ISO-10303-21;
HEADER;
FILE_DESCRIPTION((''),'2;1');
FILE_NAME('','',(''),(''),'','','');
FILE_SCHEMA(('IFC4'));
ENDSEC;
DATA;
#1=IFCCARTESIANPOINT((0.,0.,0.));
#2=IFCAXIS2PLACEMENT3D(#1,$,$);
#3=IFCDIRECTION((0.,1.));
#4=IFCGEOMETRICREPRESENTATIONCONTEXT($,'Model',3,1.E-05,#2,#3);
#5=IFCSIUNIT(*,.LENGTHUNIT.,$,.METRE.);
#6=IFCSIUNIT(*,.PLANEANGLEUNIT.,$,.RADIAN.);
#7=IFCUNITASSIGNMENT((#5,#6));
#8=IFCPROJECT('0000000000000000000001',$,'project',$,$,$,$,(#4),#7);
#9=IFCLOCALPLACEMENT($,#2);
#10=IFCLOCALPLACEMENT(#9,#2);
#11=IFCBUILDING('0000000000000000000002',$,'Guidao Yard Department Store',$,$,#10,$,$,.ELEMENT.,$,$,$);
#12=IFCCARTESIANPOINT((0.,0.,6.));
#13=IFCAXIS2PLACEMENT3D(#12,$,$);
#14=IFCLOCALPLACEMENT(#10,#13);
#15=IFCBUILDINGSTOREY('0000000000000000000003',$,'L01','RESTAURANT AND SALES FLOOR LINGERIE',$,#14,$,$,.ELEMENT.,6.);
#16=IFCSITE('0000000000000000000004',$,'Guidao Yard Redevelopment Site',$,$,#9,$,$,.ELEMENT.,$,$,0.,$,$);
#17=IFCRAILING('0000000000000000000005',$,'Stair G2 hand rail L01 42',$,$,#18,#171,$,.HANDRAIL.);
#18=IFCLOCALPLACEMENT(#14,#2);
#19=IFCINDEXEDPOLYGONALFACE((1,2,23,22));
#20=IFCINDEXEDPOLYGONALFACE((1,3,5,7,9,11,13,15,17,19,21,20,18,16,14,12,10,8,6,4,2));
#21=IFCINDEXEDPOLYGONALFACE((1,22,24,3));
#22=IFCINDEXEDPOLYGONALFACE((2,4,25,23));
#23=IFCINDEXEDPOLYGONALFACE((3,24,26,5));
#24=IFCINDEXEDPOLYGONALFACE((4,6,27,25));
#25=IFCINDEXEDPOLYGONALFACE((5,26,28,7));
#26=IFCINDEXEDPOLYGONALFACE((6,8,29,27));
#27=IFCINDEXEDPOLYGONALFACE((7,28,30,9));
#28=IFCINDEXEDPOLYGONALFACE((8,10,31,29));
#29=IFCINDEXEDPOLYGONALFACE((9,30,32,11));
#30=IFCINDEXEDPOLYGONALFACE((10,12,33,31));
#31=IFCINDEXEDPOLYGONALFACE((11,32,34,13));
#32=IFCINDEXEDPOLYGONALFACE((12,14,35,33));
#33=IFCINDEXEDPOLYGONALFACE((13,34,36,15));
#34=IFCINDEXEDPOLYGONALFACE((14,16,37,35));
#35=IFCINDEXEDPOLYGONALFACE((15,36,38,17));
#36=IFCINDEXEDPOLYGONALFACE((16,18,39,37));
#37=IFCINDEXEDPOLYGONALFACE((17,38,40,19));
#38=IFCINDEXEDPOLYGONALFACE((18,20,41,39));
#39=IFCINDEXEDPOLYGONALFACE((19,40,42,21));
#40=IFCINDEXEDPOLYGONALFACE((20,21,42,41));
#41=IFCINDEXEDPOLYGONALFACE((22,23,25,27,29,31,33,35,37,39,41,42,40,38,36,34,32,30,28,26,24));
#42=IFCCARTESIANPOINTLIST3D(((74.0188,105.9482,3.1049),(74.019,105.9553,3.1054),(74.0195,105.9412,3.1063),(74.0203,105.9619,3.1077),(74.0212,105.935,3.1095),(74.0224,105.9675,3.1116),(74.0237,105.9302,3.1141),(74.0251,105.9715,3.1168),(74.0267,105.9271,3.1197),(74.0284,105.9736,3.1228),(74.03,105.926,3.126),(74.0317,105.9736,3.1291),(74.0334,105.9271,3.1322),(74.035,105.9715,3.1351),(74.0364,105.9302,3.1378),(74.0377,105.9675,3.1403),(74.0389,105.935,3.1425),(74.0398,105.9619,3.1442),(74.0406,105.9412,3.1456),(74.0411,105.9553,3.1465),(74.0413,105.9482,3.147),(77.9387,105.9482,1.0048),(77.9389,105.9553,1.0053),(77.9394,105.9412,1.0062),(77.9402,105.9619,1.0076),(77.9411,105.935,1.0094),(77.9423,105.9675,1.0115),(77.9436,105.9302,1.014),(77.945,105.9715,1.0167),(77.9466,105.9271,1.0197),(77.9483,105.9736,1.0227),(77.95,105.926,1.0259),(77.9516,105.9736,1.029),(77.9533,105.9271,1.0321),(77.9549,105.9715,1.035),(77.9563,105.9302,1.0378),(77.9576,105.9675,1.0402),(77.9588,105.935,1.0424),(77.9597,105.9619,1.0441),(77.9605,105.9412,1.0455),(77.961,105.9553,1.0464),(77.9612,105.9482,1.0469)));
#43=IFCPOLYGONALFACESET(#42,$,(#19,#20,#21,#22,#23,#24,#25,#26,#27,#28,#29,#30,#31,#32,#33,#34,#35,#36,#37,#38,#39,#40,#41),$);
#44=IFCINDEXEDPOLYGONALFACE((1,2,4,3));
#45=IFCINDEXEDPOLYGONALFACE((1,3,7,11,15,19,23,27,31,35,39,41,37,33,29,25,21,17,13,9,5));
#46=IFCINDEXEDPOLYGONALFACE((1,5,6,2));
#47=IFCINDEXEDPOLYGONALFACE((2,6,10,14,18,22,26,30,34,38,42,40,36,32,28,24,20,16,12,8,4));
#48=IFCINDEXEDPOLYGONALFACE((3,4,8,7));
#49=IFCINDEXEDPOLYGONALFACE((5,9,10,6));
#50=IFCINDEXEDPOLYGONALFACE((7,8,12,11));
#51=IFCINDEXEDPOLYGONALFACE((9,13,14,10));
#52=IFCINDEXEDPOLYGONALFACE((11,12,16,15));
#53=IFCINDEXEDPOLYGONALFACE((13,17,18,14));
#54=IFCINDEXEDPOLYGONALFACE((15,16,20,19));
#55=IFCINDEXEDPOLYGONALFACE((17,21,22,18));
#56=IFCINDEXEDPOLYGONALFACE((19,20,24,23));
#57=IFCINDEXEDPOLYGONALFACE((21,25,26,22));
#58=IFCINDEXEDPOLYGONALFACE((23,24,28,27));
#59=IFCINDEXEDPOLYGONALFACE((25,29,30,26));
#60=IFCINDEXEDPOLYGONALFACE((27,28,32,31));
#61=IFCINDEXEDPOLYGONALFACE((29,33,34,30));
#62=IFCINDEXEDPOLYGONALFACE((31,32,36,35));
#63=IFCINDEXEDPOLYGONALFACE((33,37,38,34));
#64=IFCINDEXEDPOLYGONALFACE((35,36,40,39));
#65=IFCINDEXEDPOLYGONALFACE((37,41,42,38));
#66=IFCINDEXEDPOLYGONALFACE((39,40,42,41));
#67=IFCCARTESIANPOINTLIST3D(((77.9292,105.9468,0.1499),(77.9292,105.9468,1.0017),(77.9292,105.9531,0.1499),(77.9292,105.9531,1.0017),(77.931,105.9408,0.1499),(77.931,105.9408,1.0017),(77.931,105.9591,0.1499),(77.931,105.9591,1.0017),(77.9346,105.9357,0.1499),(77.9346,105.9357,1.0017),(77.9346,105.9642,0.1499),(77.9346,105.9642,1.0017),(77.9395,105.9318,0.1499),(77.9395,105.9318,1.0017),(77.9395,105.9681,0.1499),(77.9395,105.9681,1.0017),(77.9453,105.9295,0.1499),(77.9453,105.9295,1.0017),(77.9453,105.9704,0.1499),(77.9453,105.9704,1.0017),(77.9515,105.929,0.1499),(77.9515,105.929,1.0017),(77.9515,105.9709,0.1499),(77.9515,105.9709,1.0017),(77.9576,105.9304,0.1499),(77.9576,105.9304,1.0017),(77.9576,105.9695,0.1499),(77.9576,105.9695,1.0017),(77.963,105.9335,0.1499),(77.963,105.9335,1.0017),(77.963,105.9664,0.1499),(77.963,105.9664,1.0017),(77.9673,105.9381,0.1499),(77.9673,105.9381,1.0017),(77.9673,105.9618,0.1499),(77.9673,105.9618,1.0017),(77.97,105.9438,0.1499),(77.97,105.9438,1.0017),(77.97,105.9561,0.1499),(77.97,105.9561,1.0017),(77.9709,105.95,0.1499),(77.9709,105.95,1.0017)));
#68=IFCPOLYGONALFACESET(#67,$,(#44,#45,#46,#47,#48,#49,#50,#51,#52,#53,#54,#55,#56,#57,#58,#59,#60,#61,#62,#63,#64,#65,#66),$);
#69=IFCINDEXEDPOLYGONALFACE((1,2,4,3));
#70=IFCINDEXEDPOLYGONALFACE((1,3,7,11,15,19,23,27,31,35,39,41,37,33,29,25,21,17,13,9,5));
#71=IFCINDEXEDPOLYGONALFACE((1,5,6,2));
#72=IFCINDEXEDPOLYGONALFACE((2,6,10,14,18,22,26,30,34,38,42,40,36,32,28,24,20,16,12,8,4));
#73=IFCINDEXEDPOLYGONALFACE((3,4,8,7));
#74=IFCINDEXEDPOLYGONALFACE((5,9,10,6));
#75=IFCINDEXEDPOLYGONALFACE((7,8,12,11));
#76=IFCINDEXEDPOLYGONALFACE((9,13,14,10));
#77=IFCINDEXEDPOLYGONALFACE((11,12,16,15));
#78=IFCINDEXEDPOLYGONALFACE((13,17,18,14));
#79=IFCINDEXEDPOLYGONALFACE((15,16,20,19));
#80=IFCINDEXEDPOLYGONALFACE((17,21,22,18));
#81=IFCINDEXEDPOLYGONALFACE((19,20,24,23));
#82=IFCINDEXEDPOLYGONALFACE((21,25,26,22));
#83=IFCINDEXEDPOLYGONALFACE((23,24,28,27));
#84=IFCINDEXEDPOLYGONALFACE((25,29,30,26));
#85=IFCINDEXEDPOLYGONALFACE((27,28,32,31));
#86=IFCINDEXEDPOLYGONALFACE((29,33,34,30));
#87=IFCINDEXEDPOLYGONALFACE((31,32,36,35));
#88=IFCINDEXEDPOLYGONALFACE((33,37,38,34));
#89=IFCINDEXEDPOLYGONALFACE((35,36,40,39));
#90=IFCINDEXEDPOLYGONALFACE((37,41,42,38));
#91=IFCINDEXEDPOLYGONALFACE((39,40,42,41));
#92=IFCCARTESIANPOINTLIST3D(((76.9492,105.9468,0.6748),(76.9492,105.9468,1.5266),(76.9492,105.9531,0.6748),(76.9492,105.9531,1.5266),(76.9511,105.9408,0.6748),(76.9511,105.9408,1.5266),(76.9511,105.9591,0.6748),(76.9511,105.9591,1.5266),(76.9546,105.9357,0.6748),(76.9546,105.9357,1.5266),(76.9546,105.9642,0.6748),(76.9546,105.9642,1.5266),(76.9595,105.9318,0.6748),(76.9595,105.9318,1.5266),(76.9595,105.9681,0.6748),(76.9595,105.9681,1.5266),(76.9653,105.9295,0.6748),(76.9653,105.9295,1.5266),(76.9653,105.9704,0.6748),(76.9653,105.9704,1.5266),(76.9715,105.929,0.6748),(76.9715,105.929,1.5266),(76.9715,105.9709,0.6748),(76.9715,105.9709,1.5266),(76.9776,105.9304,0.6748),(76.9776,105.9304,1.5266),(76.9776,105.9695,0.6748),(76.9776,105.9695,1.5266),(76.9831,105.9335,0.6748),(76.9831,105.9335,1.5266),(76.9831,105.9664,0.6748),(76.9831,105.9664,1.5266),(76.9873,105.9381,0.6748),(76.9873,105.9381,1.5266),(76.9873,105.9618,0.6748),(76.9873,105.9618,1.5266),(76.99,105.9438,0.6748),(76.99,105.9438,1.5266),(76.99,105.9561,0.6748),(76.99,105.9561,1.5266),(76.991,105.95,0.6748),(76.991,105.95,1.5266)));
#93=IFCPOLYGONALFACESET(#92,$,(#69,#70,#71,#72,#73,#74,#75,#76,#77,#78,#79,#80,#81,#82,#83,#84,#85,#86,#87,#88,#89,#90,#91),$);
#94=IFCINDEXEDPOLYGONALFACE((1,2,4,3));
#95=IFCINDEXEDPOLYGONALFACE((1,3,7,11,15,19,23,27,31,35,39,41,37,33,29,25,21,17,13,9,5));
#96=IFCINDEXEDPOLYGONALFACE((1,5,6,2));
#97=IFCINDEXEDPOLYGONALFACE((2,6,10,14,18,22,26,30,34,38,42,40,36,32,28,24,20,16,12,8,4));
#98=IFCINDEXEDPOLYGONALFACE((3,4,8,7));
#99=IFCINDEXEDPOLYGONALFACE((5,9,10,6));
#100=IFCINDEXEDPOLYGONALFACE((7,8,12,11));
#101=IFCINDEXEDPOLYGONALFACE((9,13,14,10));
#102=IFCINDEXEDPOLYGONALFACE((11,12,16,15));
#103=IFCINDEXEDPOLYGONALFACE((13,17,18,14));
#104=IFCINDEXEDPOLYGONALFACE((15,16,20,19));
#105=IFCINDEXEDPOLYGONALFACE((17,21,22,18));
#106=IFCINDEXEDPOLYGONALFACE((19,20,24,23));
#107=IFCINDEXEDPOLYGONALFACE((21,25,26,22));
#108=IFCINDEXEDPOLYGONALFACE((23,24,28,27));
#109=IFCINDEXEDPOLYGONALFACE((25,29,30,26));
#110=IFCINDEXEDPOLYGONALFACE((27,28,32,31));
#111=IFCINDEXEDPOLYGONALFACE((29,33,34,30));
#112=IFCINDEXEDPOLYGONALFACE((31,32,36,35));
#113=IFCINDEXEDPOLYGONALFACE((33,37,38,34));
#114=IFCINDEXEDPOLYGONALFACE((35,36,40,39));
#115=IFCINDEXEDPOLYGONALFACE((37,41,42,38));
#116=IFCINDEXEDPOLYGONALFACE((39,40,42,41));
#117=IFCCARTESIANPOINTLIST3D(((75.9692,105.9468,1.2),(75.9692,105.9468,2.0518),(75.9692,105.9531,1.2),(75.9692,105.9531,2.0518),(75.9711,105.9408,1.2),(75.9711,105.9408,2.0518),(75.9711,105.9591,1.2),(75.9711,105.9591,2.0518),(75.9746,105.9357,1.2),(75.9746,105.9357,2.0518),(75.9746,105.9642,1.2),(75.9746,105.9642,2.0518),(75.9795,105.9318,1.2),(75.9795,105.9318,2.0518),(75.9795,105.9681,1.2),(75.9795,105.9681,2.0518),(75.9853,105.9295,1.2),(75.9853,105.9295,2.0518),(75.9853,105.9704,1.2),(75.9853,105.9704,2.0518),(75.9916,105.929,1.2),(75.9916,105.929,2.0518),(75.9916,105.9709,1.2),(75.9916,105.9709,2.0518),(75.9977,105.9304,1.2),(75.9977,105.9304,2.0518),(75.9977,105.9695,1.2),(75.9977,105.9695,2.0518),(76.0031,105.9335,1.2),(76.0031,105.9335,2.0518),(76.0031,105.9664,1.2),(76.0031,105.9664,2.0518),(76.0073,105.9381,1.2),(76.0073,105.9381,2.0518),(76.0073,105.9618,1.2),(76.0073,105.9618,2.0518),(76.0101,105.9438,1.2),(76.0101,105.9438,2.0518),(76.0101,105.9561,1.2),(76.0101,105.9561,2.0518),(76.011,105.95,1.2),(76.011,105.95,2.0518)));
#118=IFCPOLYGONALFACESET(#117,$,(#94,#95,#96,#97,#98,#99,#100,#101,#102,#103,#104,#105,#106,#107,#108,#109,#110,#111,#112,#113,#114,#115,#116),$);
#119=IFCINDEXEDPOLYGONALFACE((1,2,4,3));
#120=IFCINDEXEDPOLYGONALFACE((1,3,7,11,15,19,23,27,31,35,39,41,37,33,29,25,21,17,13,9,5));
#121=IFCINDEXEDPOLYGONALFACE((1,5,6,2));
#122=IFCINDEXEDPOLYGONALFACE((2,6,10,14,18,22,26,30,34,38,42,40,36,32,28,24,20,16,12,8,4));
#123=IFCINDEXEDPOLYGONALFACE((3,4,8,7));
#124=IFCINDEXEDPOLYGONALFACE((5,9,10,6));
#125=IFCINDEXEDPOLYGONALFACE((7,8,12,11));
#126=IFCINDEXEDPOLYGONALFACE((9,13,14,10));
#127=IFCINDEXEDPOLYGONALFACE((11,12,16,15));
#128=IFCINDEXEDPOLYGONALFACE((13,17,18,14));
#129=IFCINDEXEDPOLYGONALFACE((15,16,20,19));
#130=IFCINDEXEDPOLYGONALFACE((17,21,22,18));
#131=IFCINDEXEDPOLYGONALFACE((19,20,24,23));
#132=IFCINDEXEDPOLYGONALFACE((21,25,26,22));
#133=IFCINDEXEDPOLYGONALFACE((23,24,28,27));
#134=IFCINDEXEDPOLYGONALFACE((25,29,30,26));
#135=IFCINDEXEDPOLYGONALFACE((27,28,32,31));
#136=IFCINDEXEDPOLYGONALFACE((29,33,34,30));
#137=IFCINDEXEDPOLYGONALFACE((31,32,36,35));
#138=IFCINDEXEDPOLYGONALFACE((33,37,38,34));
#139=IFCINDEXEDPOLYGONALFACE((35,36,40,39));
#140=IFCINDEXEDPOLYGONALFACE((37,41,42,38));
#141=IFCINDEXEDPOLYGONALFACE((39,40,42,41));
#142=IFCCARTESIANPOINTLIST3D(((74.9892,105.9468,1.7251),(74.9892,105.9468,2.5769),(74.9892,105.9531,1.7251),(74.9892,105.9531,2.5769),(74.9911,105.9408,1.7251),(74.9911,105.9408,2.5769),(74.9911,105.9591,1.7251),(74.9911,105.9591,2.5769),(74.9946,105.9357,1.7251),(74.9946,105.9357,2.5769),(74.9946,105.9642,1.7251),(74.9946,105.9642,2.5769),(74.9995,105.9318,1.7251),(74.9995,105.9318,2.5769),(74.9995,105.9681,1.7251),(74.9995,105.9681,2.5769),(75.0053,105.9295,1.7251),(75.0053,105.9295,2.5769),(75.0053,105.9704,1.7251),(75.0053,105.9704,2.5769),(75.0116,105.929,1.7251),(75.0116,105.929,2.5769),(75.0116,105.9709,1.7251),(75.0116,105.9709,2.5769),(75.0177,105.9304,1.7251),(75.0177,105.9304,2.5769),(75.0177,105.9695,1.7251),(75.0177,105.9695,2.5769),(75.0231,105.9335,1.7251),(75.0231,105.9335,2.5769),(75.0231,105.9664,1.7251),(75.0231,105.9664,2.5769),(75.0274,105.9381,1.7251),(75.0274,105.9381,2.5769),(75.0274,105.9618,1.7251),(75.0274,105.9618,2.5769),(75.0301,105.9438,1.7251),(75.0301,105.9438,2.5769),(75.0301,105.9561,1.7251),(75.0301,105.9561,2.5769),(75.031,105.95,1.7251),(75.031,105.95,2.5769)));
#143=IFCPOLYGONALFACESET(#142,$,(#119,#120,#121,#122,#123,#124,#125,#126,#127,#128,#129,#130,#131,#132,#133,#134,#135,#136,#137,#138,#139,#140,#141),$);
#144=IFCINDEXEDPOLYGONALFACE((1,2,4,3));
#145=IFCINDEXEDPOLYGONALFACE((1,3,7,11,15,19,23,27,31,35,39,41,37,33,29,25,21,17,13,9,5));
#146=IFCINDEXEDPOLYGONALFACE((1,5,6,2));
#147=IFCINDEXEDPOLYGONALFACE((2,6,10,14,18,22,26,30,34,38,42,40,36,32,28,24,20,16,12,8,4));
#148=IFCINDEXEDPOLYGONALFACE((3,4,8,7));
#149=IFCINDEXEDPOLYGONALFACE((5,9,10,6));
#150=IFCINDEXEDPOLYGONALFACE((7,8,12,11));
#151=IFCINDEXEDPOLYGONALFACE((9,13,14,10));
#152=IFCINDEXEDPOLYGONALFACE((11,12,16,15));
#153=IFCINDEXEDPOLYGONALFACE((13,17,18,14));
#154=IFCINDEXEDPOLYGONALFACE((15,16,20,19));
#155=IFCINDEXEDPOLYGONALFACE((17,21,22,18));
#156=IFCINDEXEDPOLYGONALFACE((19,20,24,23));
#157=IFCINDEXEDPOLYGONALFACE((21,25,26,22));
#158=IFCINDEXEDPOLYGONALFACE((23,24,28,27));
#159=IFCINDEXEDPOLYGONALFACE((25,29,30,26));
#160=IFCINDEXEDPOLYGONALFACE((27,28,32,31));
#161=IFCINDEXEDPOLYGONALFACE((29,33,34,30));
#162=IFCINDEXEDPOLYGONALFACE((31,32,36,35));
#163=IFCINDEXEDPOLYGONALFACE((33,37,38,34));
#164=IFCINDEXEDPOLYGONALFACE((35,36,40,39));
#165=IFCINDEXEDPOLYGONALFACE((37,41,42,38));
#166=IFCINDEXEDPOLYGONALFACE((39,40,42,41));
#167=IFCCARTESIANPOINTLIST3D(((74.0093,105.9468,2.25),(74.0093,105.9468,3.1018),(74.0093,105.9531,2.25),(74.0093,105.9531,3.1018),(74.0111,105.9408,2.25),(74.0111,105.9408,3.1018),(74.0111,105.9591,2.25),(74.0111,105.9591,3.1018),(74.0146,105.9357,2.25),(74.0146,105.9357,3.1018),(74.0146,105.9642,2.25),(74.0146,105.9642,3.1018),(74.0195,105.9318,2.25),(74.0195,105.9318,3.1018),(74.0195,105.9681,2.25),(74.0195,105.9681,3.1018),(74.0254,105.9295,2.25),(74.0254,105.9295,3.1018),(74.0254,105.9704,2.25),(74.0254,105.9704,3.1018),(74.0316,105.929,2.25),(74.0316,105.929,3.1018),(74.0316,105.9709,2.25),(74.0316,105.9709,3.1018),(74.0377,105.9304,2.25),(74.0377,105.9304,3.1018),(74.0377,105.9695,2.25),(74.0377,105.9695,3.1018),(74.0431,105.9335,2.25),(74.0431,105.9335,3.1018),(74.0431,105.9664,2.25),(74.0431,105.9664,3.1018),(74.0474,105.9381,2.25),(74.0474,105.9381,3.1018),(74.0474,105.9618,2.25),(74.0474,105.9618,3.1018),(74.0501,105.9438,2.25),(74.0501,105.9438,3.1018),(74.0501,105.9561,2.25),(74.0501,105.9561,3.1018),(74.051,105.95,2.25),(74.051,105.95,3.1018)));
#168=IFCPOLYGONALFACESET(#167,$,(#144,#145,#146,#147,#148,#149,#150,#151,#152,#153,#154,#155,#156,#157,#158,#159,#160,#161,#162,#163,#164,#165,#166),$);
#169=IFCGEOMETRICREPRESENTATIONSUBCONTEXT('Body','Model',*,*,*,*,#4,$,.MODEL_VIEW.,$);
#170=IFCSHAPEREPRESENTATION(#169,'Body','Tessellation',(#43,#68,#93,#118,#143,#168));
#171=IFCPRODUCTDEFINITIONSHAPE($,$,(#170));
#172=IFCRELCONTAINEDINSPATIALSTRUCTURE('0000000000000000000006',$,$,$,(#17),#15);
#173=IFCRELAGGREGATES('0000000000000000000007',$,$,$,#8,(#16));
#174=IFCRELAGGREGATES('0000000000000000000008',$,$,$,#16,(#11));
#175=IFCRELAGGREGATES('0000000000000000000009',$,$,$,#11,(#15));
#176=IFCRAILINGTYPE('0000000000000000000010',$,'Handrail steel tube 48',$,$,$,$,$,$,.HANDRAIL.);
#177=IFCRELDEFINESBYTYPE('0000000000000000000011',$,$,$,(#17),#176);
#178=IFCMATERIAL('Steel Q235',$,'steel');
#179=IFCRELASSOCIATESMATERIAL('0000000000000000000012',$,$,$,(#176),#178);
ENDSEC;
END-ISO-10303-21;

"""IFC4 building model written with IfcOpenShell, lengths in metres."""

from ifc_helpers import new_model, si_unit, direction, frame, origin, origin_2d, place, context, subcontext, project, spatial, circle, extrude, material, type_object, element, save


model = new_model("IFC4")

# Units and contexts
model_context = context("Model", 3, precision=1e-05, world=origin(), true_north=direction((0.0, 1.0)))
body_context = subcontext(model_context, "Body", "Model", "MODEL_VIEW")
ifc_project = project(units=[si_unit("LENGTHUNIT", "METRE"), si_unit("PLANEANGLEUNIT", "RADIAN")], contexts=[model_context])

# Site, building, storey
site_placement = place(None, origin())
site = spatial("IfcSite", under=ifc_project, at=site_placement, Name="Guidao Yard Redevelopment Site", CompositionType="ELEMENT", RefElevation=0.0)
building_placement = place(site_placement, origin())
building = spatial("IfcBuilding", under=site, at=building_placement, Name="Guidao Yard Department Store", CompositionType="ELEMENT")
storey_placement = place(building_placement, frame((0.0, 0.0, 6.0)))
storey = spatial("IfcBuildingStorey", under=building, at=storey_placement, Name="L01", Description="RESTAURANT AND SALES FLOOR LINGERIE", CompositionType="ELEMENT", Elevation=6.0)

# Railing
ifc_material_1 = material(Name="Steel Q235", Category="steel")
railing_type_1 = type_object("IfcRailingType", Name="Handrail steel tube 48", PredefinedType="HANDRAIL", material=ifc_material_1)
for number, where, name in (
    (1, (77.95, 105.95, 0.1499), "Stair G2 hand rail L01 42"),
):
    element("IfcRailing", number, at=place(storey_placement, frame(where)), inside=storey, type_object=railing_type_1, Name=name, PredefinedType="HANDRAIL", context=body_context, shape_type="SweptSolid", body=[
        extrude(circle(Radius=0.0239, at=origin_2d()), frame((0.0, 0.0, 0.876), z_axis=(-0.881467, 0.0, 0.472246), x_axis=(0.0, -1.0, 0.0)), (0.0, 0.0, 1.0), 4.447),
        extrude(circle(Radius=0.021, at=origin_2d()), origin(), (0.0, 0.0, 1.0), 0.8518),
        extrude(circle(Radius=0.021, at=origin_2d()), frame((-0.98, 0.0, 0.5249)), (0.0, 0.0, 1.0), 0.8518),
        extrude(circle(Radius=0.021, at=origin_2d()), frame((-1.96, 0.0, 1.05)), (0.0, 0.0, 1.0), 0.8518),
        extrude(circle(Radius=0.021, at=origin_2d()), frame((-2.9399, 0.0, 1.5752)), (0.0, 0.0, 1.0), 0.8518),
        extrude(circle(Radius=0.021, at=origin_2d()), frame((-3.9199, 0.0, 2.1001)), (0.0, 0.0, 1.0), 0.8518),
    ])

save(model, "model.ifc")
